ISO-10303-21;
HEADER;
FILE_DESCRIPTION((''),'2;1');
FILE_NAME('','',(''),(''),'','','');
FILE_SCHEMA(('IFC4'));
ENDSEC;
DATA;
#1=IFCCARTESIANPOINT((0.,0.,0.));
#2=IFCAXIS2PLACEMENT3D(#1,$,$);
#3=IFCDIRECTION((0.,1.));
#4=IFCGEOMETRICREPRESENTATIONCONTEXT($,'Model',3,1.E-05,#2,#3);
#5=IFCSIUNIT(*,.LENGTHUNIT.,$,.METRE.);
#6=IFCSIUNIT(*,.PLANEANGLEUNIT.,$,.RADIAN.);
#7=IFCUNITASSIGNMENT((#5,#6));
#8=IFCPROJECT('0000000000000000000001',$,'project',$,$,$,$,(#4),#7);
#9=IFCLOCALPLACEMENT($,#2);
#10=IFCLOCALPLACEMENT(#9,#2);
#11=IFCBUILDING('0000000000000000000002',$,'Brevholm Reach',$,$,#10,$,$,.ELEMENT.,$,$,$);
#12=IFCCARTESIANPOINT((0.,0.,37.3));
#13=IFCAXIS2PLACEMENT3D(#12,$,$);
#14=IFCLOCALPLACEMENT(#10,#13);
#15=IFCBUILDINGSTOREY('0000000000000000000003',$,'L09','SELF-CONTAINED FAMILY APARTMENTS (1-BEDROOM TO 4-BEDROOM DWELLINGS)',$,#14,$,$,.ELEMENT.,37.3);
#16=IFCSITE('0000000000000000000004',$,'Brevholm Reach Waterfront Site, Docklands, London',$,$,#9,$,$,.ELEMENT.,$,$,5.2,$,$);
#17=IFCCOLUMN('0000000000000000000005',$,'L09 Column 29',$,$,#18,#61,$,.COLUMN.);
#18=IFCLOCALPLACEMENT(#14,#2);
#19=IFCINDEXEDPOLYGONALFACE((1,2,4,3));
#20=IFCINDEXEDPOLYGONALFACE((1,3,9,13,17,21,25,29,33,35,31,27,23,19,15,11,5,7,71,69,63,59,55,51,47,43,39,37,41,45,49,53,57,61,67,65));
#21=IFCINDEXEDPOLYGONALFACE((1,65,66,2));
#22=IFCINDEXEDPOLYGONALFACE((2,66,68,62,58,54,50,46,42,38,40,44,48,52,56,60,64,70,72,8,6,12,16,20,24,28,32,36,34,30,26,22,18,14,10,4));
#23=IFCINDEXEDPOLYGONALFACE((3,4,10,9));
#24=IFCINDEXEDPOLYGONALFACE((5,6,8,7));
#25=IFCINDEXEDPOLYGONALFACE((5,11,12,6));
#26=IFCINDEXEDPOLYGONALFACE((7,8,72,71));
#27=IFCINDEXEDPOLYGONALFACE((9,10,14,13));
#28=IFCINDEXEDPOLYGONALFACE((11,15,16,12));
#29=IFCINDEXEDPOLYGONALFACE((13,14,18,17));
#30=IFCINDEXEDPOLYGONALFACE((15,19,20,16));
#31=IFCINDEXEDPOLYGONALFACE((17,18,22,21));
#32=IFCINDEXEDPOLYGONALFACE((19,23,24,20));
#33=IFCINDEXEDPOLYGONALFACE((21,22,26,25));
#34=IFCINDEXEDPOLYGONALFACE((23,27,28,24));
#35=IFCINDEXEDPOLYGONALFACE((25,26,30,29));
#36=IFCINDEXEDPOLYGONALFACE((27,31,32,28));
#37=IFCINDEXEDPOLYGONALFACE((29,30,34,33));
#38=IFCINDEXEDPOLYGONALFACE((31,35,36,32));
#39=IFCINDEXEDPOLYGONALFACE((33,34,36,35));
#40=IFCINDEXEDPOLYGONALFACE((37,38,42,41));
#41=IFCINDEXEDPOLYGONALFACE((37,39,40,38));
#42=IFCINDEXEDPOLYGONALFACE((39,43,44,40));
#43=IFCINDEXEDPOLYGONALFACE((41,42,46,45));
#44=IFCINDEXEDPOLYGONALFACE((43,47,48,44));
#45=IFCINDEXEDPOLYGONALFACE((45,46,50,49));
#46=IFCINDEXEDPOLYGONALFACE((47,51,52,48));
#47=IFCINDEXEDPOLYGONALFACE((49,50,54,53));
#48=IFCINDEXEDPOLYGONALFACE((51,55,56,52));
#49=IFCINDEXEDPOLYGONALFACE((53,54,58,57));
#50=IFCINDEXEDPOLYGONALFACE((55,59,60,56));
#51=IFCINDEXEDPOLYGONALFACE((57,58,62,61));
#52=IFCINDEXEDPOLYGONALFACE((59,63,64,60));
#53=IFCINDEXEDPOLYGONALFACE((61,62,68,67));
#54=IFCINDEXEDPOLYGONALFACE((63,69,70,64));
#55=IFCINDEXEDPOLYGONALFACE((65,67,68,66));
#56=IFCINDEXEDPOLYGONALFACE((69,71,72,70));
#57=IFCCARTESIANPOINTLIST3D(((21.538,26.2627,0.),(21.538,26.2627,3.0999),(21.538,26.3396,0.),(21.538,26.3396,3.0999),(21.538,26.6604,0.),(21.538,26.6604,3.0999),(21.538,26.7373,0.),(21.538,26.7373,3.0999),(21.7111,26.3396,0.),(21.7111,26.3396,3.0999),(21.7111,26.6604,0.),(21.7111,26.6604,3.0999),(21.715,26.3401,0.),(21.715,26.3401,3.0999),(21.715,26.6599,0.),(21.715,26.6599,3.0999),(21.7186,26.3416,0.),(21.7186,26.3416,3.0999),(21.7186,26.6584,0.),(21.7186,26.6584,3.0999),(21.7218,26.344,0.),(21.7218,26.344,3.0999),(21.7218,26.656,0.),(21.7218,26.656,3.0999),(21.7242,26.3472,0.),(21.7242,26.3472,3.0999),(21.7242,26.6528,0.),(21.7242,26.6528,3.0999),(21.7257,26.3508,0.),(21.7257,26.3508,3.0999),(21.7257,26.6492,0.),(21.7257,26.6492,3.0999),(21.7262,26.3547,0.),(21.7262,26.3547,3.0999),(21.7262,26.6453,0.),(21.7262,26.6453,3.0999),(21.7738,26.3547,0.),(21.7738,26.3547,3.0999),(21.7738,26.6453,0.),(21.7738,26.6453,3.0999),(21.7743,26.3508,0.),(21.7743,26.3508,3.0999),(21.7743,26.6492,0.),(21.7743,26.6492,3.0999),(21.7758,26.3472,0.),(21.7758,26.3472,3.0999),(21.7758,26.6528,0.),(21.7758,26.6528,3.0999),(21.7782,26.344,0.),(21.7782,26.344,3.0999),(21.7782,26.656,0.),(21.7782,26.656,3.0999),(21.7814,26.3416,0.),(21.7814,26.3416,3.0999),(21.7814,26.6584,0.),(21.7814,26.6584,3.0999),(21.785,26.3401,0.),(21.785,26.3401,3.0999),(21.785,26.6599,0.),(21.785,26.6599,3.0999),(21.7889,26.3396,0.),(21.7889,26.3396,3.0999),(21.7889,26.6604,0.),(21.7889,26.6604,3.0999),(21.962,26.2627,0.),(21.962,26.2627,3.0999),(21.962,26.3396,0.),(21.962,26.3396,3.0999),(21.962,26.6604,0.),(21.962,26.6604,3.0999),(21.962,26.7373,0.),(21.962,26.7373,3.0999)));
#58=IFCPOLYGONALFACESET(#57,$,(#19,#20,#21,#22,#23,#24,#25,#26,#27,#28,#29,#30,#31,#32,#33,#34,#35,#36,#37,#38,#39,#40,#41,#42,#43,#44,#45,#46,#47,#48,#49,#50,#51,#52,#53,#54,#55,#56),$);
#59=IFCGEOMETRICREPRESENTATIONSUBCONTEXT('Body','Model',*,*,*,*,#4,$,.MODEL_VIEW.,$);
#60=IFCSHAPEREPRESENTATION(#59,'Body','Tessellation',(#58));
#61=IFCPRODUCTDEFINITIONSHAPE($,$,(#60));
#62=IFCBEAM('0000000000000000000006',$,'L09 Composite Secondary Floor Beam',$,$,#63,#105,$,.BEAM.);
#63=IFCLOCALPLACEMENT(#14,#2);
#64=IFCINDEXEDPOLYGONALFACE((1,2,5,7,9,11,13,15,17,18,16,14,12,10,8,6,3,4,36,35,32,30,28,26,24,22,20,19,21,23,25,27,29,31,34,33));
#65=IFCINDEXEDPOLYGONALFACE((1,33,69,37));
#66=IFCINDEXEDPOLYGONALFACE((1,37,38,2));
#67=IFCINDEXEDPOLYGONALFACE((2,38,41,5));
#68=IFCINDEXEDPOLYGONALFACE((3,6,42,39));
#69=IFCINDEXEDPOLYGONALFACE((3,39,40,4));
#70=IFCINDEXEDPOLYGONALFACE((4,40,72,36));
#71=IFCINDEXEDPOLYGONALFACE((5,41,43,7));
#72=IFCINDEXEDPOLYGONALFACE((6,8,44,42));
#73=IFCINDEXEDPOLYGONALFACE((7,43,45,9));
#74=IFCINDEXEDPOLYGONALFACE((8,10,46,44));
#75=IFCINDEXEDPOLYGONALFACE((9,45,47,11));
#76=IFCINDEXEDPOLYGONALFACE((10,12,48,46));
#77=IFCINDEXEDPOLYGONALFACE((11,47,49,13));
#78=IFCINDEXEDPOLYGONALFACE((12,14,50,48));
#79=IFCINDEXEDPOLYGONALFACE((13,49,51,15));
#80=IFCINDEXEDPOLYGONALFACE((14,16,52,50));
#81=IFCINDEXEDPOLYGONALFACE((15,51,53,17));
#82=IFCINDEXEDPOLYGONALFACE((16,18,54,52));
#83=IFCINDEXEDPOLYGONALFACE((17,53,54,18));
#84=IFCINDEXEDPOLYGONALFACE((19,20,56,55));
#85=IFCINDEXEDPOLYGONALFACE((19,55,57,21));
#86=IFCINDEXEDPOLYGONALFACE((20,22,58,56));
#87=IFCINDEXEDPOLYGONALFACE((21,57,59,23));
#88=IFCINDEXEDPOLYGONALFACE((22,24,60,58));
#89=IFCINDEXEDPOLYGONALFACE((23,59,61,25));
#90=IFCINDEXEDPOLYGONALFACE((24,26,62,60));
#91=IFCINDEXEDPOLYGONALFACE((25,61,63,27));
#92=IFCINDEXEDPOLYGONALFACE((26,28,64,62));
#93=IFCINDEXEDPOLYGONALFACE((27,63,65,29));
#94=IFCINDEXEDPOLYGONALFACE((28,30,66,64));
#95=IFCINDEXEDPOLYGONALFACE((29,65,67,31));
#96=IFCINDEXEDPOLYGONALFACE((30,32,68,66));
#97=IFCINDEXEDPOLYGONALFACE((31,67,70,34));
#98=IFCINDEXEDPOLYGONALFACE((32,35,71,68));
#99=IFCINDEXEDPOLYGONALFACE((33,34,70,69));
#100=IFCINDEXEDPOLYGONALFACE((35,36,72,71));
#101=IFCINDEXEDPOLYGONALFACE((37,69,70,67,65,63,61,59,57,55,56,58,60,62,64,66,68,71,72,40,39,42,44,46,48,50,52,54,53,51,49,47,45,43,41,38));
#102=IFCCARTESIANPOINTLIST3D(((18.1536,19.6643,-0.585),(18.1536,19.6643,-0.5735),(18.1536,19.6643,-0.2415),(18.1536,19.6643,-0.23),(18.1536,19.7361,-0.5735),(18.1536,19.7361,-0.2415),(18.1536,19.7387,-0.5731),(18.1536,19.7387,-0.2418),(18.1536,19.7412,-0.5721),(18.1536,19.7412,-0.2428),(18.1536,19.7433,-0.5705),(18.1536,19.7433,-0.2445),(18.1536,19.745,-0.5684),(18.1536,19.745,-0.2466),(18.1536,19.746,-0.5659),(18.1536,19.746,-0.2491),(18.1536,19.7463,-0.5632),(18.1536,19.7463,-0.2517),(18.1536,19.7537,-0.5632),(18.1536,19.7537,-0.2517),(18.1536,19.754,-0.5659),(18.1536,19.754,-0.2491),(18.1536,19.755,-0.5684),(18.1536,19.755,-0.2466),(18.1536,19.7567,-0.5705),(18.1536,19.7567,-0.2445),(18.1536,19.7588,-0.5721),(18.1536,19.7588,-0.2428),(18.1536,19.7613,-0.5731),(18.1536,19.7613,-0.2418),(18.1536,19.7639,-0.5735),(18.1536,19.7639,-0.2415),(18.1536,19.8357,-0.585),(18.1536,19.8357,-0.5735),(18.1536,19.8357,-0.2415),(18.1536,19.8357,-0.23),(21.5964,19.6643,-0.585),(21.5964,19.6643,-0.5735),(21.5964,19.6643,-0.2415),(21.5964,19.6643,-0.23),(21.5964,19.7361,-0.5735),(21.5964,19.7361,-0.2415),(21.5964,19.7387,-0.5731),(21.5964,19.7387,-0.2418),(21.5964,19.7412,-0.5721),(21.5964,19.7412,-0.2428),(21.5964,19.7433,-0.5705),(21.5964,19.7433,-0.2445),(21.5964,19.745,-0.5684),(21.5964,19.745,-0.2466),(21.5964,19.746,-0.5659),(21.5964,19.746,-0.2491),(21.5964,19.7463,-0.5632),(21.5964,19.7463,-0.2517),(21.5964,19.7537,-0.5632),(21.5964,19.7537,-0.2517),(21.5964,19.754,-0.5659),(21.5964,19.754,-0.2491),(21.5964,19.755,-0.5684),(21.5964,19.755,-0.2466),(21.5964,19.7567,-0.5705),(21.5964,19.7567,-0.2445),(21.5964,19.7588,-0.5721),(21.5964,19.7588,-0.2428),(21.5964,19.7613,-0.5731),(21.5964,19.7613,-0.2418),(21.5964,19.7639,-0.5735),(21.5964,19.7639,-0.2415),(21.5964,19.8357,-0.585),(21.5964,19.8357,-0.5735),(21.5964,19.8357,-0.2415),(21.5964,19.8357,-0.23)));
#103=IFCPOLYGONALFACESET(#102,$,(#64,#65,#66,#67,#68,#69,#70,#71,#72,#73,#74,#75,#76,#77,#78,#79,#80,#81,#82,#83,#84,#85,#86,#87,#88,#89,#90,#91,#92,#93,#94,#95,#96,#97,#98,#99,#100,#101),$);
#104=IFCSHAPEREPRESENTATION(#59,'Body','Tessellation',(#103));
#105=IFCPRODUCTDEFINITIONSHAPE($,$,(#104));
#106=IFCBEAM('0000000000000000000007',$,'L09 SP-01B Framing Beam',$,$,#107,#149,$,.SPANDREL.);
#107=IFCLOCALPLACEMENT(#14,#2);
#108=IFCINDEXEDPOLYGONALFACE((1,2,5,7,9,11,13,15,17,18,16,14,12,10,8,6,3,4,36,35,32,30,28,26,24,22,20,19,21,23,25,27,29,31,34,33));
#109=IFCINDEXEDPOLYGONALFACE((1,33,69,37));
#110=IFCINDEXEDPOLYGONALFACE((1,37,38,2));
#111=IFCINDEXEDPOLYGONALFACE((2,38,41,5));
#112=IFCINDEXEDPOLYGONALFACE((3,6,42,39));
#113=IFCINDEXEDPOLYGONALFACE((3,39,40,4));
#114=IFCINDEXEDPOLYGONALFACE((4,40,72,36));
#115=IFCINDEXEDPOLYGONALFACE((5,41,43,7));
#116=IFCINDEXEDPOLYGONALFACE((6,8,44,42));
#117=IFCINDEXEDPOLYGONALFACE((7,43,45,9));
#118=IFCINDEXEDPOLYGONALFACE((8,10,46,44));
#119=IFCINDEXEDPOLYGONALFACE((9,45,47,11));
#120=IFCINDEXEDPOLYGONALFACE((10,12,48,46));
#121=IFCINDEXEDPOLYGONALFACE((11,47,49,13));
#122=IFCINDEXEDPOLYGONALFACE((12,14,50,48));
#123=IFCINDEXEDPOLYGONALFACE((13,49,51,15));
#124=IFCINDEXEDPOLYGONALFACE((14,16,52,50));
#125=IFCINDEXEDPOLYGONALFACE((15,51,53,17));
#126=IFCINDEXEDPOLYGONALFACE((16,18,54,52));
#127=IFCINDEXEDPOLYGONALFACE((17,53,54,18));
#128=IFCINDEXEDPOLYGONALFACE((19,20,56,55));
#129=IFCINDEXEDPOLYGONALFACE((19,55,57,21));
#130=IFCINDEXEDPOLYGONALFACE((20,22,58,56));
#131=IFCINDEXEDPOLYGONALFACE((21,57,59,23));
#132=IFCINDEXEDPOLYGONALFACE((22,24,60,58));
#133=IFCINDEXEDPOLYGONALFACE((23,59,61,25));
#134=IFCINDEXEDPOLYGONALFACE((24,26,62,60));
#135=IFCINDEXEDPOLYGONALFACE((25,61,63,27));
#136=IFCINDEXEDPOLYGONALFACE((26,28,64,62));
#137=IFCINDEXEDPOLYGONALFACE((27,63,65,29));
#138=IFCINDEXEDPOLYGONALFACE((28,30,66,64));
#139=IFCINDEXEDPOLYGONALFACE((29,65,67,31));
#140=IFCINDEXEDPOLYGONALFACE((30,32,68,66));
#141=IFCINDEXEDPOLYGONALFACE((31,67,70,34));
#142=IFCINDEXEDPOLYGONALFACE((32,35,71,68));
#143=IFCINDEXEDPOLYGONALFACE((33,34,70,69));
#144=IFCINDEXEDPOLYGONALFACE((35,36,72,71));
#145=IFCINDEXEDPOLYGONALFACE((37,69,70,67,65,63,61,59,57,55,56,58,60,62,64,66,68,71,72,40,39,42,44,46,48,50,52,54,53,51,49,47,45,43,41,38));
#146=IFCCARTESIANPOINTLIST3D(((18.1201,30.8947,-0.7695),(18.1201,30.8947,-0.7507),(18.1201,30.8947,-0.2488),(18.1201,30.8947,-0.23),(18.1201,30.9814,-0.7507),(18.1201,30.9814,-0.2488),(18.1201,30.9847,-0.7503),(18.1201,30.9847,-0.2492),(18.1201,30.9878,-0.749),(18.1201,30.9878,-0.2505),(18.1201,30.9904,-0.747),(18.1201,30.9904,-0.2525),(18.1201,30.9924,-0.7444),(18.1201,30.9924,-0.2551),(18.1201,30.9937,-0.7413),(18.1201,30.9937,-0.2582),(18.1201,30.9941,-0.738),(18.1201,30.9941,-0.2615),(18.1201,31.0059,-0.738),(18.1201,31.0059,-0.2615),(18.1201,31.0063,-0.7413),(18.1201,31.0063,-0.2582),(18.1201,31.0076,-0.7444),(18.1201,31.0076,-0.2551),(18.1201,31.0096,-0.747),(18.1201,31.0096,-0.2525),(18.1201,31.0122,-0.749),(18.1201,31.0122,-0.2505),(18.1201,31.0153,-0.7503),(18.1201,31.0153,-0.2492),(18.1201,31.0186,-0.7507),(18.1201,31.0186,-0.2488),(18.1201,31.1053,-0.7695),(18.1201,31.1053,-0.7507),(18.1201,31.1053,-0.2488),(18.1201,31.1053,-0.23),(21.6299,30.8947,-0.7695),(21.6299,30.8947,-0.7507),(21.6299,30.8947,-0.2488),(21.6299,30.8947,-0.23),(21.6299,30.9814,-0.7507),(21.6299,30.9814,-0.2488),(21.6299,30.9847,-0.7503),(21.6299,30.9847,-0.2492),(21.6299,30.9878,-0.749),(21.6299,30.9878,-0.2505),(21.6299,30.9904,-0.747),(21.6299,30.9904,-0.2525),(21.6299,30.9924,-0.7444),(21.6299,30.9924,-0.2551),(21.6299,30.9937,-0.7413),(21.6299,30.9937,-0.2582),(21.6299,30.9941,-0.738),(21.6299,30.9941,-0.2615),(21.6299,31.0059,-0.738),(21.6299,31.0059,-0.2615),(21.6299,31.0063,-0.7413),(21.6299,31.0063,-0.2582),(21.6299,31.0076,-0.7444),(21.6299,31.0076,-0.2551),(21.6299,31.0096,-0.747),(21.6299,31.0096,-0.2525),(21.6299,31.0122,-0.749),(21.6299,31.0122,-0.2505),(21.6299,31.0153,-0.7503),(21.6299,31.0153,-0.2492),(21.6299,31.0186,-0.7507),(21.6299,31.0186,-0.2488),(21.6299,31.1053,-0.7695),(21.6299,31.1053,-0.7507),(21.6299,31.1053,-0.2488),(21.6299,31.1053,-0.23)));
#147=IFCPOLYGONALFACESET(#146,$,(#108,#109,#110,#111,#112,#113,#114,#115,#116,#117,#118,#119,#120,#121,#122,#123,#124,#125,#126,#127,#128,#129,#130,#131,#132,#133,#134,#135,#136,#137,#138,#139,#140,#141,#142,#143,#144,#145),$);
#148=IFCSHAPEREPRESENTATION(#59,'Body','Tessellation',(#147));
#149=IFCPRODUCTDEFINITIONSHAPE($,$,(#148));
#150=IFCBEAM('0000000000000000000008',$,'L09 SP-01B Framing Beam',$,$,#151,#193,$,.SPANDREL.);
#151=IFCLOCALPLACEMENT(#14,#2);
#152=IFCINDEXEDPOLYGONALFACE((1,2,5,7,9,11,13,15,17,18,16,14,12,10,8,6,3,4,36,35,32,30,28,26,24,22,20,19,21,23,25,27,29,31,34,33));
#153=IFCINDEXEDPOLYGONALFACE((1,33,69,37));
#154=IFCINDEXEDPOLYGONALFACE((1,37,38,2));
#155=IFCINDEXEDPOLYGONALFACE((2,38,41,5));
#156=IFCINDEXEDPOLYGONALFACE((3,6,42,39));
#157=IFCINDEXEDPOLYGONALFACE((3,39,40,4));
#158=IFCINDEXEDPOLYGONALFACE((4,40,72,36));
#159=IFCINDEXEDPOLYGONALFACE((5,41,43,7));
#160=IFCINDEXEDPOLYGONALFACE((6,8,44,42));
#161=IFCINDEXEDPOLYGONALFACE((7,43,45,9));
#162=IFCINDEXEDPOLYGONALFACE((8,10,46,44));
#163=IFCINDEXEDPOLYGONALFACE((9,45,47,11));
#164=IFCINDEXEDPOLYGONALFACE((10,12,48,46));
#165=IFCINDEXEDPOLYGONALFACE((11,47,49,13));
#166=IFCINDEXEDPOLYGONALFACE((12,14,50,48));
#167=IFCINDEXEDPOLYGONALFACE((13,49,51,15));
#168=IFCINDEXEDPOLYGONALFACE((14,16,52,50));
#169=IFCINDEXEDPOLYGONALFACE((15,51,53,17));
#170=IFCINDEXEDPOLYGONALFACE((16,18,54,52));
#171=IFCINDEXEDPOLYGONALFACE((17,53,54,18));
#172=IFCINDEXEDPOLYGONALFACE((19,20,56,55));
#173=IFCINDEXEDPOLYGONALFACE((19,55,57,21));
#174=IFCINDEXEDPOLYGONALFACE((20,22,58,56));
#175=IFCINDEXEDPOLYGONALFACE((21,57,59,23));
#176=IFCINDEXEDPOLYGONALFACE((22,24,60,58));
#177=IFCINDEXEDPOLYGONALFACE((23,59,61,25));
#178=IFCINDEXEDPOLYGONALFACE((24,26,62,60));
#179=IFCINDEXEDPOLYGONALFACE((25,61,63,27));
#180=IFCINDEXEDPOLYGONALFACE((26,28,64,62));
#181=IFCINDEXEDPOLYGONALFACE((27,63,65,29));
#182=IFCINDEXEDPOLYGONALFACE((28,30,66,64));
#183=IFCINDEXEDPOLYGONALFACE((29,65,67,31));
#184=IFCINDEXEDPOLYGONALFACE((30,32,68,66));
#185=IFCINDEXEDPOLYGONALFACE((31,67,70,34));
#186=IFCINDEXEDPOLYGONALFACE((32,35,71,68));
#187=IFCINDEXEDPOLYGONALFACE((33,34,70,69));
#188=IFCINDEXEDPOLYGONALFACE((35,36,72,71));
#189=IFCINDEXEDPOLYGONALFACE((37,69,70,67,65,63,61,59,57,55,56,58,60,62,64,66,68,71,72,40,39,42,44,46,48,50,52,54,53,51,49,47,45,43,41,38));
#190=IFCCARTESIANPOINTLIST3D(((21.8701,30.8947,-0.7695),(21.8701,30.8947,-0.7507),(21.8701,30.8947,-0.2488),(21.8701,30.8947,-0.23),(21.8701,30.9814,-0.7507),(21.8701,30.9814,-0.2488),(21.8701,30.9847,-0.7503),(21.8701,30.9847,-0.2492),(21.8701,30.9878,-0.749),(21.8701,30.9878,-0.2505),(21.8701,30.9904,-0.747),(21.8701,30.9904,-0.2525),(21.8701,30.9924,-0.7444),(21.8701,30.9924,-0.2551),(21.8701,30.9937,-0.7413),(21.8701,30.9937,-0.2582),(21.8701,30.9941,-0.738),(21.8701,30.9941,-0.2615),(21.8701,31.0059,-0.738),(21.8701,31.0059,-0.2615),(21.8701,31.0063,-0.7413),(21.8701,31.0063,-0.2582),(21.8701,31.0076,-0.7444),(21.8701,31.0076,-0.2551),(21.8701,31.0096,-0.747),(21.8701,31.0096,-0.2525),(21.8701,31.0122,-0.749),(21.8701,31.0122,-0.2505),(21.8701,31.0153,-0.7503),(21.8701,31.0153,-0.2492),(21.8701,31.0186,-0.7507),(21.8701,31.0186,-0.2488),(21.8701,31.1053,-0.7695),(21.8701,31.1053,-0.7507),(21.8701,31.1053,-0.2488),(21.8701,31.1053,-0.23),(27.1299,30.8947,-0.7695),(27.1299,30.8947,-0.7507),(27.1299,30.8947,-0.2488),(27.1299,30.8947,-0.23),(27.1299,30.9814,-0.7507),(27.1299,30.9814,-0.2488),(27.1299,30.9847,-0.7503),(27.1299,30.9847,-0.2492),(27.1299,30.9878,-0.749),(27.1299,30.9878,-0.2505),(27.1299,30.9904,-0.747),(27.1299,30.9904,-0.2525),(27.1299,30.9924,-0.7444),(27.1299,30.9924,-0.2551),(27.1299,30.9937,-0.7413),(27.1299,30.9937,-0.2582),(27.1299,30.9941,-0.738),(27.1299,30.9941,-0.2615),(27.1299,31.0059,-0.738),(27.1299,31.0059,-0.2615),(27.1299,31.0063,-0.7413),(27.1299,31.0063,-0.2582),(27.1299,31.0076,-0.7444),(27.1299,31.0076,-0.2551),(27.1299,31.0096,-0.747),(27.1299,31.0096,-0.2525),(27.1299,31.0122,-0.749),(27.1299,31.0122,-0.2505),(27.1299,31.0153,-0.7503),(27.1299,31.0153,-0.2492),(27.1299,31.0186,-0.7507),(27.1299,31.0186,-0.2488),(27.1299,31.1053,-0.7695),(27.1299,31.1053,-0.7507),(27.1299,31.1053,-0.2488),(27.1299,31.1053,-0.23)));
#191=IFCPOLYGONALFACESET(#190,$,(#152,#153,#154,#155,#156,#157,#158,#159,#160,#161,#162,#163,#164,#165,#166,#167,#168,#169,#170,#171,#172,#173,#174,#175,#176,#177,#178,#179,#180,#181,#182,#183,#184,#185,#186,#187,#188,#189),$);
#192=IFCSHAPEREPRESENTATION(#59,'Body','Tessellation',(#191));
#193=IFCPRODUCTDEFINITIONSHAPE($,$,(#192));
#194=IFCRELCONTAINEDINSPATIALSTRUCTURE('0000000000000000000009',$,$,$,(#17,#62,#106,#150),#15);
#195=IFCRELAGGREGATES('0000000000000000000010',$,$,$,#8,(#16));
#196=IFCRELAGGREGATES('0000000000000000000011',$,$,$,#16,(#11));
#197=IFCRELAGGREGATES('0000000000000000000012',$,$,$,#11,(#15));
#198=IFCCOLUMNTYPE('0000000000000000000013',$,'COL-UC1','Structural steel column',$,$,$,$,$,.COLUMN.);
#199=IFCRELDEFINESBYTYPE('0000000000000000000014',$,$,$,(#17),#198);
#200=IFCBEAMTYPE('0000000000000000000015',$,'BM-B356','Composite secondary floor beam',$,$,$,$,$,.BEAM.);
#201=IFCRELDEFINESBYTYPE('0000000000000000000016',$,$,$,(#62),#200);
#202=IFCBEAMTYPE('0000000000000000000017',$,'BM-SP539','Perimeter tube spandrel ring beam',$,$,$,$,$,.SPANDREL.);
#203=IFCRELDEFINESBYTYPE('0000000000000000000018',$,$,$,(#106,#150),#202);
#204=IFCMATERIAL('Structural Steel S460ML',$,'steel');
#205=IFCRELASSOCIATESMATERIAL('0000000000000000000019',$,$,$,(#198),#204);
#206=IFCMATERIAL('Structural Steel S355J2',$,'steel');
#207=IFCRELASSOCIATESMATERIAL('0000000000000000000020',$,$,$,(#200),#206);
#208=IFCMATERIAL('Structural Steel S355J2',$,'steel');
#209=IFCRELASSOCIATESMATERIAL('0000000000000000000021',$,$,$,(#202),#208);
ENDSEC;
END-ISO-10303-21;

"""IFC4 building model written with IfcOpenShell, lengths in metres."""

from ifc_helpers import new_model, si_unit, direction, frame, origin, origin_2d, place, context, subcontext, project, spatial, i_section, extrude, material, material_profile, profile_set, type_object, element, save


model = new_model("IFC4")

# Units and contexts
model_context = context("Model", 3, precision=1e-05, world=origin(), true_north=direction((0.0, 1.0)))
body_context = subcontext(model_context, "Body", "Model", "MODEL_VIEW")
ifc_project = project(units=[si_unit("LENGTHUNIT", "METRE"), si_unit("PLANEANGLEUNIT", "RADIAN")], contexts=[model_context])

# Site, building, storey
site_placement = place(None, origin())
site = spatial("IfcSite", under=ifc_project, at=site_placement, Name="Brevholm Reach Waterfront Site, Docklands, London", CompositionType="ELEMENT", RefElevation=5.2)
building_placement = place(site_placement, origin())
building = spatial("IfcBuilding", under=site, at=building_placement, Name="Brevholm Reach", CompositionType="ELEMENT")
storey_placement = place(building_placement, frame((0.0, 0.0, 37.3)))
storey = spatial("IfcBuildingStorey", under=building, at=storey_placement, Name="L09", Description="SELF-CONTAINED FAMILY APARTMENTS (1-BEDROOM TO 4-BEDROOM DWELLINGS)", CompositionType="ELEMENT", Elevation=37.3)

# Column
ifc_material_1 = material(Name="Structural Steel S460ML", Category="steel")
ifc_material_profile_1 = material_profile(ifc_material_1, i_section(OverallWidth=0.4241, OverallDepth=0.4746, WebThickness=0.0476, FlangeThickness=0.0769, FilletRadius=0.0151, at=origin_2d()), Name="UKC 356x406x634")
ifc_profile_set_1 = profile_set([ifc_material_profile_1], Name="Structural Steel S460ML")
column_type_1 = type_object("IfcColumnType", Name="COL-UC1", Description="Structural steel column", PredefinedType="COLUMN", material=ifc_profile_set_1)
for number, where, z_axis, x_axis, name in (
    (1, (21.75, 26.5, 0.0), (0.0, 0.0, 1.0), (1.0, 0.0, 0.0), "L09 Column 29"),
):
    element("IfcColumn", number, at=place(storey_placement, frame(where, z_axis=z_axis, x_axis=x_axis)), inside=storey, type_object=column_type_1, Name=name, PredefinedType="COLUMN", context=body_context, shape_type="SweptSolid", body=[
        extrude(i_section(OverallWidth=0.4241, OverallDepth=0.4746, WebThickness=0.0476, FlangeThickness=0.0769, FilletRadius=0.0151, at=origin_2d()), origin(), (0.0, 0.0, 1.0), 3.0999),
    ])

# Beams
ifc_material_2 = material(Name="Structural Steel S355J2", Category="steel")
ifc_material_profile_2 = material_profile(ifc_material_2, i_section(OverallWidth=0.1714, OverallDepth=0.355, WebThickness=0.0073, FlangeThickness=0.0115, FilletRadius=0.0103, at=origin_2d()), Name="UKB 356x171x51")
ifc_profile_set_2 = profile_set([ifc_material_profile_2], Name="Structural Steel S355J2")
beam_type_1 = type_object("IfcBeamType", Name="BM-B356", Description="Composite secondary floor beam", PredefinedType="BEAM", material=ifc_profile_set_2)
beam_1_placement = place(storey_placement, frame((18.1536, 19.75, -0.4075), z_axis=(1.0, 0.0, 0.0), x_axis=(0.0, 1.0, 0.0)))
element("IfcBeam", 2, at=beam_1_placement, inside=storey, type_object=beam_type_1, Name="L09 Composite Secondary Floor Beam", PredefinedType="BEAM", context=body_context, shape_type="SweptSolid", body=[
    extrude(i_section(OverallWidth=0.1714, OverallDepth=0.355, WebThickness=0.0073, FlangeThickness=0.0115, FilletRadius=0.0103, at=origin_2d()), origin(), (0.0, 0.0, 1.0), 3.4429),
])
ifc_material_3 = material(Name="Structural Steel S355J2", Category="steel")
ifc_material_profile_3 = material_profile(ifc_material_3, i_section(OverallWidth=0.2107, OverallDepth=0.5396, WebThickness=0.0117, FlangeThickness=0.0188, FilletRadius=0.0127, at=origin_2d()), Name="UKB 533x210x109")
ifc_profile_set_3 = profile_set([ifc_material_profile_3], Name="Structural Steel S355J2")
beam_type_2 = type_object("IfcBeamType", Name="BM-SP539", Description="Perimeter tube spandrel ring beam", PredefinedType="SPANDREL", material=ifc_profile_set_3)
beam_2_placement = place(storey_placement, frame((18.1201, 31.0, -0.4998), z_axis=(1.0, 0.0, 0.0), x_axis=(0.0, 1.0, 0.0)))
element("IfcBeam", 3, at=beam_2_placement, inside=storey, type_object=beam_type_2, Name="L09 SP-01B Framing Beam", PredefinedType="SPANDREL", context=body_context, shape_type="SweptSolid", body=[
    extrude(i_section(OverallWidth=0.2107, OverallDepth=0.5396, WebThickness=0.0117, FlangeThickness=0.0188, FilletRadius=0.0127, at=origin_2d()), origin(), (0.0, 0.0, 1.0), 3.5098),
])
for number, where, z_axis, x_axis, name in (
    (4, (21.8701, 31.0, -0.4998), (1.0, 0.0, 0.0), (0.0, 1.0, 0.0), "L09 SP-01B Framing Beam"),
):
    element("IfcBeam", number, at=place(storey_placement, frame(where, z_axis=z_axis, x_axis=x_axis)), inside=storey, type_object=beam_type_2, Name=name, PredefinedType="SPANDREL", context=body_context, shape_type="SweptSolid", body=[
        extrude(i_section(OverallWidth=0.2107, OverallDepth=0.5396, WebThickness=0.0117, FlangeThickness=0.0188, FilletRadius=0.0127, at=origin_2d()), origin(), (0.0, 0.0, 1.0), 5.2598),
    ])

save(model, "model.ifc")
